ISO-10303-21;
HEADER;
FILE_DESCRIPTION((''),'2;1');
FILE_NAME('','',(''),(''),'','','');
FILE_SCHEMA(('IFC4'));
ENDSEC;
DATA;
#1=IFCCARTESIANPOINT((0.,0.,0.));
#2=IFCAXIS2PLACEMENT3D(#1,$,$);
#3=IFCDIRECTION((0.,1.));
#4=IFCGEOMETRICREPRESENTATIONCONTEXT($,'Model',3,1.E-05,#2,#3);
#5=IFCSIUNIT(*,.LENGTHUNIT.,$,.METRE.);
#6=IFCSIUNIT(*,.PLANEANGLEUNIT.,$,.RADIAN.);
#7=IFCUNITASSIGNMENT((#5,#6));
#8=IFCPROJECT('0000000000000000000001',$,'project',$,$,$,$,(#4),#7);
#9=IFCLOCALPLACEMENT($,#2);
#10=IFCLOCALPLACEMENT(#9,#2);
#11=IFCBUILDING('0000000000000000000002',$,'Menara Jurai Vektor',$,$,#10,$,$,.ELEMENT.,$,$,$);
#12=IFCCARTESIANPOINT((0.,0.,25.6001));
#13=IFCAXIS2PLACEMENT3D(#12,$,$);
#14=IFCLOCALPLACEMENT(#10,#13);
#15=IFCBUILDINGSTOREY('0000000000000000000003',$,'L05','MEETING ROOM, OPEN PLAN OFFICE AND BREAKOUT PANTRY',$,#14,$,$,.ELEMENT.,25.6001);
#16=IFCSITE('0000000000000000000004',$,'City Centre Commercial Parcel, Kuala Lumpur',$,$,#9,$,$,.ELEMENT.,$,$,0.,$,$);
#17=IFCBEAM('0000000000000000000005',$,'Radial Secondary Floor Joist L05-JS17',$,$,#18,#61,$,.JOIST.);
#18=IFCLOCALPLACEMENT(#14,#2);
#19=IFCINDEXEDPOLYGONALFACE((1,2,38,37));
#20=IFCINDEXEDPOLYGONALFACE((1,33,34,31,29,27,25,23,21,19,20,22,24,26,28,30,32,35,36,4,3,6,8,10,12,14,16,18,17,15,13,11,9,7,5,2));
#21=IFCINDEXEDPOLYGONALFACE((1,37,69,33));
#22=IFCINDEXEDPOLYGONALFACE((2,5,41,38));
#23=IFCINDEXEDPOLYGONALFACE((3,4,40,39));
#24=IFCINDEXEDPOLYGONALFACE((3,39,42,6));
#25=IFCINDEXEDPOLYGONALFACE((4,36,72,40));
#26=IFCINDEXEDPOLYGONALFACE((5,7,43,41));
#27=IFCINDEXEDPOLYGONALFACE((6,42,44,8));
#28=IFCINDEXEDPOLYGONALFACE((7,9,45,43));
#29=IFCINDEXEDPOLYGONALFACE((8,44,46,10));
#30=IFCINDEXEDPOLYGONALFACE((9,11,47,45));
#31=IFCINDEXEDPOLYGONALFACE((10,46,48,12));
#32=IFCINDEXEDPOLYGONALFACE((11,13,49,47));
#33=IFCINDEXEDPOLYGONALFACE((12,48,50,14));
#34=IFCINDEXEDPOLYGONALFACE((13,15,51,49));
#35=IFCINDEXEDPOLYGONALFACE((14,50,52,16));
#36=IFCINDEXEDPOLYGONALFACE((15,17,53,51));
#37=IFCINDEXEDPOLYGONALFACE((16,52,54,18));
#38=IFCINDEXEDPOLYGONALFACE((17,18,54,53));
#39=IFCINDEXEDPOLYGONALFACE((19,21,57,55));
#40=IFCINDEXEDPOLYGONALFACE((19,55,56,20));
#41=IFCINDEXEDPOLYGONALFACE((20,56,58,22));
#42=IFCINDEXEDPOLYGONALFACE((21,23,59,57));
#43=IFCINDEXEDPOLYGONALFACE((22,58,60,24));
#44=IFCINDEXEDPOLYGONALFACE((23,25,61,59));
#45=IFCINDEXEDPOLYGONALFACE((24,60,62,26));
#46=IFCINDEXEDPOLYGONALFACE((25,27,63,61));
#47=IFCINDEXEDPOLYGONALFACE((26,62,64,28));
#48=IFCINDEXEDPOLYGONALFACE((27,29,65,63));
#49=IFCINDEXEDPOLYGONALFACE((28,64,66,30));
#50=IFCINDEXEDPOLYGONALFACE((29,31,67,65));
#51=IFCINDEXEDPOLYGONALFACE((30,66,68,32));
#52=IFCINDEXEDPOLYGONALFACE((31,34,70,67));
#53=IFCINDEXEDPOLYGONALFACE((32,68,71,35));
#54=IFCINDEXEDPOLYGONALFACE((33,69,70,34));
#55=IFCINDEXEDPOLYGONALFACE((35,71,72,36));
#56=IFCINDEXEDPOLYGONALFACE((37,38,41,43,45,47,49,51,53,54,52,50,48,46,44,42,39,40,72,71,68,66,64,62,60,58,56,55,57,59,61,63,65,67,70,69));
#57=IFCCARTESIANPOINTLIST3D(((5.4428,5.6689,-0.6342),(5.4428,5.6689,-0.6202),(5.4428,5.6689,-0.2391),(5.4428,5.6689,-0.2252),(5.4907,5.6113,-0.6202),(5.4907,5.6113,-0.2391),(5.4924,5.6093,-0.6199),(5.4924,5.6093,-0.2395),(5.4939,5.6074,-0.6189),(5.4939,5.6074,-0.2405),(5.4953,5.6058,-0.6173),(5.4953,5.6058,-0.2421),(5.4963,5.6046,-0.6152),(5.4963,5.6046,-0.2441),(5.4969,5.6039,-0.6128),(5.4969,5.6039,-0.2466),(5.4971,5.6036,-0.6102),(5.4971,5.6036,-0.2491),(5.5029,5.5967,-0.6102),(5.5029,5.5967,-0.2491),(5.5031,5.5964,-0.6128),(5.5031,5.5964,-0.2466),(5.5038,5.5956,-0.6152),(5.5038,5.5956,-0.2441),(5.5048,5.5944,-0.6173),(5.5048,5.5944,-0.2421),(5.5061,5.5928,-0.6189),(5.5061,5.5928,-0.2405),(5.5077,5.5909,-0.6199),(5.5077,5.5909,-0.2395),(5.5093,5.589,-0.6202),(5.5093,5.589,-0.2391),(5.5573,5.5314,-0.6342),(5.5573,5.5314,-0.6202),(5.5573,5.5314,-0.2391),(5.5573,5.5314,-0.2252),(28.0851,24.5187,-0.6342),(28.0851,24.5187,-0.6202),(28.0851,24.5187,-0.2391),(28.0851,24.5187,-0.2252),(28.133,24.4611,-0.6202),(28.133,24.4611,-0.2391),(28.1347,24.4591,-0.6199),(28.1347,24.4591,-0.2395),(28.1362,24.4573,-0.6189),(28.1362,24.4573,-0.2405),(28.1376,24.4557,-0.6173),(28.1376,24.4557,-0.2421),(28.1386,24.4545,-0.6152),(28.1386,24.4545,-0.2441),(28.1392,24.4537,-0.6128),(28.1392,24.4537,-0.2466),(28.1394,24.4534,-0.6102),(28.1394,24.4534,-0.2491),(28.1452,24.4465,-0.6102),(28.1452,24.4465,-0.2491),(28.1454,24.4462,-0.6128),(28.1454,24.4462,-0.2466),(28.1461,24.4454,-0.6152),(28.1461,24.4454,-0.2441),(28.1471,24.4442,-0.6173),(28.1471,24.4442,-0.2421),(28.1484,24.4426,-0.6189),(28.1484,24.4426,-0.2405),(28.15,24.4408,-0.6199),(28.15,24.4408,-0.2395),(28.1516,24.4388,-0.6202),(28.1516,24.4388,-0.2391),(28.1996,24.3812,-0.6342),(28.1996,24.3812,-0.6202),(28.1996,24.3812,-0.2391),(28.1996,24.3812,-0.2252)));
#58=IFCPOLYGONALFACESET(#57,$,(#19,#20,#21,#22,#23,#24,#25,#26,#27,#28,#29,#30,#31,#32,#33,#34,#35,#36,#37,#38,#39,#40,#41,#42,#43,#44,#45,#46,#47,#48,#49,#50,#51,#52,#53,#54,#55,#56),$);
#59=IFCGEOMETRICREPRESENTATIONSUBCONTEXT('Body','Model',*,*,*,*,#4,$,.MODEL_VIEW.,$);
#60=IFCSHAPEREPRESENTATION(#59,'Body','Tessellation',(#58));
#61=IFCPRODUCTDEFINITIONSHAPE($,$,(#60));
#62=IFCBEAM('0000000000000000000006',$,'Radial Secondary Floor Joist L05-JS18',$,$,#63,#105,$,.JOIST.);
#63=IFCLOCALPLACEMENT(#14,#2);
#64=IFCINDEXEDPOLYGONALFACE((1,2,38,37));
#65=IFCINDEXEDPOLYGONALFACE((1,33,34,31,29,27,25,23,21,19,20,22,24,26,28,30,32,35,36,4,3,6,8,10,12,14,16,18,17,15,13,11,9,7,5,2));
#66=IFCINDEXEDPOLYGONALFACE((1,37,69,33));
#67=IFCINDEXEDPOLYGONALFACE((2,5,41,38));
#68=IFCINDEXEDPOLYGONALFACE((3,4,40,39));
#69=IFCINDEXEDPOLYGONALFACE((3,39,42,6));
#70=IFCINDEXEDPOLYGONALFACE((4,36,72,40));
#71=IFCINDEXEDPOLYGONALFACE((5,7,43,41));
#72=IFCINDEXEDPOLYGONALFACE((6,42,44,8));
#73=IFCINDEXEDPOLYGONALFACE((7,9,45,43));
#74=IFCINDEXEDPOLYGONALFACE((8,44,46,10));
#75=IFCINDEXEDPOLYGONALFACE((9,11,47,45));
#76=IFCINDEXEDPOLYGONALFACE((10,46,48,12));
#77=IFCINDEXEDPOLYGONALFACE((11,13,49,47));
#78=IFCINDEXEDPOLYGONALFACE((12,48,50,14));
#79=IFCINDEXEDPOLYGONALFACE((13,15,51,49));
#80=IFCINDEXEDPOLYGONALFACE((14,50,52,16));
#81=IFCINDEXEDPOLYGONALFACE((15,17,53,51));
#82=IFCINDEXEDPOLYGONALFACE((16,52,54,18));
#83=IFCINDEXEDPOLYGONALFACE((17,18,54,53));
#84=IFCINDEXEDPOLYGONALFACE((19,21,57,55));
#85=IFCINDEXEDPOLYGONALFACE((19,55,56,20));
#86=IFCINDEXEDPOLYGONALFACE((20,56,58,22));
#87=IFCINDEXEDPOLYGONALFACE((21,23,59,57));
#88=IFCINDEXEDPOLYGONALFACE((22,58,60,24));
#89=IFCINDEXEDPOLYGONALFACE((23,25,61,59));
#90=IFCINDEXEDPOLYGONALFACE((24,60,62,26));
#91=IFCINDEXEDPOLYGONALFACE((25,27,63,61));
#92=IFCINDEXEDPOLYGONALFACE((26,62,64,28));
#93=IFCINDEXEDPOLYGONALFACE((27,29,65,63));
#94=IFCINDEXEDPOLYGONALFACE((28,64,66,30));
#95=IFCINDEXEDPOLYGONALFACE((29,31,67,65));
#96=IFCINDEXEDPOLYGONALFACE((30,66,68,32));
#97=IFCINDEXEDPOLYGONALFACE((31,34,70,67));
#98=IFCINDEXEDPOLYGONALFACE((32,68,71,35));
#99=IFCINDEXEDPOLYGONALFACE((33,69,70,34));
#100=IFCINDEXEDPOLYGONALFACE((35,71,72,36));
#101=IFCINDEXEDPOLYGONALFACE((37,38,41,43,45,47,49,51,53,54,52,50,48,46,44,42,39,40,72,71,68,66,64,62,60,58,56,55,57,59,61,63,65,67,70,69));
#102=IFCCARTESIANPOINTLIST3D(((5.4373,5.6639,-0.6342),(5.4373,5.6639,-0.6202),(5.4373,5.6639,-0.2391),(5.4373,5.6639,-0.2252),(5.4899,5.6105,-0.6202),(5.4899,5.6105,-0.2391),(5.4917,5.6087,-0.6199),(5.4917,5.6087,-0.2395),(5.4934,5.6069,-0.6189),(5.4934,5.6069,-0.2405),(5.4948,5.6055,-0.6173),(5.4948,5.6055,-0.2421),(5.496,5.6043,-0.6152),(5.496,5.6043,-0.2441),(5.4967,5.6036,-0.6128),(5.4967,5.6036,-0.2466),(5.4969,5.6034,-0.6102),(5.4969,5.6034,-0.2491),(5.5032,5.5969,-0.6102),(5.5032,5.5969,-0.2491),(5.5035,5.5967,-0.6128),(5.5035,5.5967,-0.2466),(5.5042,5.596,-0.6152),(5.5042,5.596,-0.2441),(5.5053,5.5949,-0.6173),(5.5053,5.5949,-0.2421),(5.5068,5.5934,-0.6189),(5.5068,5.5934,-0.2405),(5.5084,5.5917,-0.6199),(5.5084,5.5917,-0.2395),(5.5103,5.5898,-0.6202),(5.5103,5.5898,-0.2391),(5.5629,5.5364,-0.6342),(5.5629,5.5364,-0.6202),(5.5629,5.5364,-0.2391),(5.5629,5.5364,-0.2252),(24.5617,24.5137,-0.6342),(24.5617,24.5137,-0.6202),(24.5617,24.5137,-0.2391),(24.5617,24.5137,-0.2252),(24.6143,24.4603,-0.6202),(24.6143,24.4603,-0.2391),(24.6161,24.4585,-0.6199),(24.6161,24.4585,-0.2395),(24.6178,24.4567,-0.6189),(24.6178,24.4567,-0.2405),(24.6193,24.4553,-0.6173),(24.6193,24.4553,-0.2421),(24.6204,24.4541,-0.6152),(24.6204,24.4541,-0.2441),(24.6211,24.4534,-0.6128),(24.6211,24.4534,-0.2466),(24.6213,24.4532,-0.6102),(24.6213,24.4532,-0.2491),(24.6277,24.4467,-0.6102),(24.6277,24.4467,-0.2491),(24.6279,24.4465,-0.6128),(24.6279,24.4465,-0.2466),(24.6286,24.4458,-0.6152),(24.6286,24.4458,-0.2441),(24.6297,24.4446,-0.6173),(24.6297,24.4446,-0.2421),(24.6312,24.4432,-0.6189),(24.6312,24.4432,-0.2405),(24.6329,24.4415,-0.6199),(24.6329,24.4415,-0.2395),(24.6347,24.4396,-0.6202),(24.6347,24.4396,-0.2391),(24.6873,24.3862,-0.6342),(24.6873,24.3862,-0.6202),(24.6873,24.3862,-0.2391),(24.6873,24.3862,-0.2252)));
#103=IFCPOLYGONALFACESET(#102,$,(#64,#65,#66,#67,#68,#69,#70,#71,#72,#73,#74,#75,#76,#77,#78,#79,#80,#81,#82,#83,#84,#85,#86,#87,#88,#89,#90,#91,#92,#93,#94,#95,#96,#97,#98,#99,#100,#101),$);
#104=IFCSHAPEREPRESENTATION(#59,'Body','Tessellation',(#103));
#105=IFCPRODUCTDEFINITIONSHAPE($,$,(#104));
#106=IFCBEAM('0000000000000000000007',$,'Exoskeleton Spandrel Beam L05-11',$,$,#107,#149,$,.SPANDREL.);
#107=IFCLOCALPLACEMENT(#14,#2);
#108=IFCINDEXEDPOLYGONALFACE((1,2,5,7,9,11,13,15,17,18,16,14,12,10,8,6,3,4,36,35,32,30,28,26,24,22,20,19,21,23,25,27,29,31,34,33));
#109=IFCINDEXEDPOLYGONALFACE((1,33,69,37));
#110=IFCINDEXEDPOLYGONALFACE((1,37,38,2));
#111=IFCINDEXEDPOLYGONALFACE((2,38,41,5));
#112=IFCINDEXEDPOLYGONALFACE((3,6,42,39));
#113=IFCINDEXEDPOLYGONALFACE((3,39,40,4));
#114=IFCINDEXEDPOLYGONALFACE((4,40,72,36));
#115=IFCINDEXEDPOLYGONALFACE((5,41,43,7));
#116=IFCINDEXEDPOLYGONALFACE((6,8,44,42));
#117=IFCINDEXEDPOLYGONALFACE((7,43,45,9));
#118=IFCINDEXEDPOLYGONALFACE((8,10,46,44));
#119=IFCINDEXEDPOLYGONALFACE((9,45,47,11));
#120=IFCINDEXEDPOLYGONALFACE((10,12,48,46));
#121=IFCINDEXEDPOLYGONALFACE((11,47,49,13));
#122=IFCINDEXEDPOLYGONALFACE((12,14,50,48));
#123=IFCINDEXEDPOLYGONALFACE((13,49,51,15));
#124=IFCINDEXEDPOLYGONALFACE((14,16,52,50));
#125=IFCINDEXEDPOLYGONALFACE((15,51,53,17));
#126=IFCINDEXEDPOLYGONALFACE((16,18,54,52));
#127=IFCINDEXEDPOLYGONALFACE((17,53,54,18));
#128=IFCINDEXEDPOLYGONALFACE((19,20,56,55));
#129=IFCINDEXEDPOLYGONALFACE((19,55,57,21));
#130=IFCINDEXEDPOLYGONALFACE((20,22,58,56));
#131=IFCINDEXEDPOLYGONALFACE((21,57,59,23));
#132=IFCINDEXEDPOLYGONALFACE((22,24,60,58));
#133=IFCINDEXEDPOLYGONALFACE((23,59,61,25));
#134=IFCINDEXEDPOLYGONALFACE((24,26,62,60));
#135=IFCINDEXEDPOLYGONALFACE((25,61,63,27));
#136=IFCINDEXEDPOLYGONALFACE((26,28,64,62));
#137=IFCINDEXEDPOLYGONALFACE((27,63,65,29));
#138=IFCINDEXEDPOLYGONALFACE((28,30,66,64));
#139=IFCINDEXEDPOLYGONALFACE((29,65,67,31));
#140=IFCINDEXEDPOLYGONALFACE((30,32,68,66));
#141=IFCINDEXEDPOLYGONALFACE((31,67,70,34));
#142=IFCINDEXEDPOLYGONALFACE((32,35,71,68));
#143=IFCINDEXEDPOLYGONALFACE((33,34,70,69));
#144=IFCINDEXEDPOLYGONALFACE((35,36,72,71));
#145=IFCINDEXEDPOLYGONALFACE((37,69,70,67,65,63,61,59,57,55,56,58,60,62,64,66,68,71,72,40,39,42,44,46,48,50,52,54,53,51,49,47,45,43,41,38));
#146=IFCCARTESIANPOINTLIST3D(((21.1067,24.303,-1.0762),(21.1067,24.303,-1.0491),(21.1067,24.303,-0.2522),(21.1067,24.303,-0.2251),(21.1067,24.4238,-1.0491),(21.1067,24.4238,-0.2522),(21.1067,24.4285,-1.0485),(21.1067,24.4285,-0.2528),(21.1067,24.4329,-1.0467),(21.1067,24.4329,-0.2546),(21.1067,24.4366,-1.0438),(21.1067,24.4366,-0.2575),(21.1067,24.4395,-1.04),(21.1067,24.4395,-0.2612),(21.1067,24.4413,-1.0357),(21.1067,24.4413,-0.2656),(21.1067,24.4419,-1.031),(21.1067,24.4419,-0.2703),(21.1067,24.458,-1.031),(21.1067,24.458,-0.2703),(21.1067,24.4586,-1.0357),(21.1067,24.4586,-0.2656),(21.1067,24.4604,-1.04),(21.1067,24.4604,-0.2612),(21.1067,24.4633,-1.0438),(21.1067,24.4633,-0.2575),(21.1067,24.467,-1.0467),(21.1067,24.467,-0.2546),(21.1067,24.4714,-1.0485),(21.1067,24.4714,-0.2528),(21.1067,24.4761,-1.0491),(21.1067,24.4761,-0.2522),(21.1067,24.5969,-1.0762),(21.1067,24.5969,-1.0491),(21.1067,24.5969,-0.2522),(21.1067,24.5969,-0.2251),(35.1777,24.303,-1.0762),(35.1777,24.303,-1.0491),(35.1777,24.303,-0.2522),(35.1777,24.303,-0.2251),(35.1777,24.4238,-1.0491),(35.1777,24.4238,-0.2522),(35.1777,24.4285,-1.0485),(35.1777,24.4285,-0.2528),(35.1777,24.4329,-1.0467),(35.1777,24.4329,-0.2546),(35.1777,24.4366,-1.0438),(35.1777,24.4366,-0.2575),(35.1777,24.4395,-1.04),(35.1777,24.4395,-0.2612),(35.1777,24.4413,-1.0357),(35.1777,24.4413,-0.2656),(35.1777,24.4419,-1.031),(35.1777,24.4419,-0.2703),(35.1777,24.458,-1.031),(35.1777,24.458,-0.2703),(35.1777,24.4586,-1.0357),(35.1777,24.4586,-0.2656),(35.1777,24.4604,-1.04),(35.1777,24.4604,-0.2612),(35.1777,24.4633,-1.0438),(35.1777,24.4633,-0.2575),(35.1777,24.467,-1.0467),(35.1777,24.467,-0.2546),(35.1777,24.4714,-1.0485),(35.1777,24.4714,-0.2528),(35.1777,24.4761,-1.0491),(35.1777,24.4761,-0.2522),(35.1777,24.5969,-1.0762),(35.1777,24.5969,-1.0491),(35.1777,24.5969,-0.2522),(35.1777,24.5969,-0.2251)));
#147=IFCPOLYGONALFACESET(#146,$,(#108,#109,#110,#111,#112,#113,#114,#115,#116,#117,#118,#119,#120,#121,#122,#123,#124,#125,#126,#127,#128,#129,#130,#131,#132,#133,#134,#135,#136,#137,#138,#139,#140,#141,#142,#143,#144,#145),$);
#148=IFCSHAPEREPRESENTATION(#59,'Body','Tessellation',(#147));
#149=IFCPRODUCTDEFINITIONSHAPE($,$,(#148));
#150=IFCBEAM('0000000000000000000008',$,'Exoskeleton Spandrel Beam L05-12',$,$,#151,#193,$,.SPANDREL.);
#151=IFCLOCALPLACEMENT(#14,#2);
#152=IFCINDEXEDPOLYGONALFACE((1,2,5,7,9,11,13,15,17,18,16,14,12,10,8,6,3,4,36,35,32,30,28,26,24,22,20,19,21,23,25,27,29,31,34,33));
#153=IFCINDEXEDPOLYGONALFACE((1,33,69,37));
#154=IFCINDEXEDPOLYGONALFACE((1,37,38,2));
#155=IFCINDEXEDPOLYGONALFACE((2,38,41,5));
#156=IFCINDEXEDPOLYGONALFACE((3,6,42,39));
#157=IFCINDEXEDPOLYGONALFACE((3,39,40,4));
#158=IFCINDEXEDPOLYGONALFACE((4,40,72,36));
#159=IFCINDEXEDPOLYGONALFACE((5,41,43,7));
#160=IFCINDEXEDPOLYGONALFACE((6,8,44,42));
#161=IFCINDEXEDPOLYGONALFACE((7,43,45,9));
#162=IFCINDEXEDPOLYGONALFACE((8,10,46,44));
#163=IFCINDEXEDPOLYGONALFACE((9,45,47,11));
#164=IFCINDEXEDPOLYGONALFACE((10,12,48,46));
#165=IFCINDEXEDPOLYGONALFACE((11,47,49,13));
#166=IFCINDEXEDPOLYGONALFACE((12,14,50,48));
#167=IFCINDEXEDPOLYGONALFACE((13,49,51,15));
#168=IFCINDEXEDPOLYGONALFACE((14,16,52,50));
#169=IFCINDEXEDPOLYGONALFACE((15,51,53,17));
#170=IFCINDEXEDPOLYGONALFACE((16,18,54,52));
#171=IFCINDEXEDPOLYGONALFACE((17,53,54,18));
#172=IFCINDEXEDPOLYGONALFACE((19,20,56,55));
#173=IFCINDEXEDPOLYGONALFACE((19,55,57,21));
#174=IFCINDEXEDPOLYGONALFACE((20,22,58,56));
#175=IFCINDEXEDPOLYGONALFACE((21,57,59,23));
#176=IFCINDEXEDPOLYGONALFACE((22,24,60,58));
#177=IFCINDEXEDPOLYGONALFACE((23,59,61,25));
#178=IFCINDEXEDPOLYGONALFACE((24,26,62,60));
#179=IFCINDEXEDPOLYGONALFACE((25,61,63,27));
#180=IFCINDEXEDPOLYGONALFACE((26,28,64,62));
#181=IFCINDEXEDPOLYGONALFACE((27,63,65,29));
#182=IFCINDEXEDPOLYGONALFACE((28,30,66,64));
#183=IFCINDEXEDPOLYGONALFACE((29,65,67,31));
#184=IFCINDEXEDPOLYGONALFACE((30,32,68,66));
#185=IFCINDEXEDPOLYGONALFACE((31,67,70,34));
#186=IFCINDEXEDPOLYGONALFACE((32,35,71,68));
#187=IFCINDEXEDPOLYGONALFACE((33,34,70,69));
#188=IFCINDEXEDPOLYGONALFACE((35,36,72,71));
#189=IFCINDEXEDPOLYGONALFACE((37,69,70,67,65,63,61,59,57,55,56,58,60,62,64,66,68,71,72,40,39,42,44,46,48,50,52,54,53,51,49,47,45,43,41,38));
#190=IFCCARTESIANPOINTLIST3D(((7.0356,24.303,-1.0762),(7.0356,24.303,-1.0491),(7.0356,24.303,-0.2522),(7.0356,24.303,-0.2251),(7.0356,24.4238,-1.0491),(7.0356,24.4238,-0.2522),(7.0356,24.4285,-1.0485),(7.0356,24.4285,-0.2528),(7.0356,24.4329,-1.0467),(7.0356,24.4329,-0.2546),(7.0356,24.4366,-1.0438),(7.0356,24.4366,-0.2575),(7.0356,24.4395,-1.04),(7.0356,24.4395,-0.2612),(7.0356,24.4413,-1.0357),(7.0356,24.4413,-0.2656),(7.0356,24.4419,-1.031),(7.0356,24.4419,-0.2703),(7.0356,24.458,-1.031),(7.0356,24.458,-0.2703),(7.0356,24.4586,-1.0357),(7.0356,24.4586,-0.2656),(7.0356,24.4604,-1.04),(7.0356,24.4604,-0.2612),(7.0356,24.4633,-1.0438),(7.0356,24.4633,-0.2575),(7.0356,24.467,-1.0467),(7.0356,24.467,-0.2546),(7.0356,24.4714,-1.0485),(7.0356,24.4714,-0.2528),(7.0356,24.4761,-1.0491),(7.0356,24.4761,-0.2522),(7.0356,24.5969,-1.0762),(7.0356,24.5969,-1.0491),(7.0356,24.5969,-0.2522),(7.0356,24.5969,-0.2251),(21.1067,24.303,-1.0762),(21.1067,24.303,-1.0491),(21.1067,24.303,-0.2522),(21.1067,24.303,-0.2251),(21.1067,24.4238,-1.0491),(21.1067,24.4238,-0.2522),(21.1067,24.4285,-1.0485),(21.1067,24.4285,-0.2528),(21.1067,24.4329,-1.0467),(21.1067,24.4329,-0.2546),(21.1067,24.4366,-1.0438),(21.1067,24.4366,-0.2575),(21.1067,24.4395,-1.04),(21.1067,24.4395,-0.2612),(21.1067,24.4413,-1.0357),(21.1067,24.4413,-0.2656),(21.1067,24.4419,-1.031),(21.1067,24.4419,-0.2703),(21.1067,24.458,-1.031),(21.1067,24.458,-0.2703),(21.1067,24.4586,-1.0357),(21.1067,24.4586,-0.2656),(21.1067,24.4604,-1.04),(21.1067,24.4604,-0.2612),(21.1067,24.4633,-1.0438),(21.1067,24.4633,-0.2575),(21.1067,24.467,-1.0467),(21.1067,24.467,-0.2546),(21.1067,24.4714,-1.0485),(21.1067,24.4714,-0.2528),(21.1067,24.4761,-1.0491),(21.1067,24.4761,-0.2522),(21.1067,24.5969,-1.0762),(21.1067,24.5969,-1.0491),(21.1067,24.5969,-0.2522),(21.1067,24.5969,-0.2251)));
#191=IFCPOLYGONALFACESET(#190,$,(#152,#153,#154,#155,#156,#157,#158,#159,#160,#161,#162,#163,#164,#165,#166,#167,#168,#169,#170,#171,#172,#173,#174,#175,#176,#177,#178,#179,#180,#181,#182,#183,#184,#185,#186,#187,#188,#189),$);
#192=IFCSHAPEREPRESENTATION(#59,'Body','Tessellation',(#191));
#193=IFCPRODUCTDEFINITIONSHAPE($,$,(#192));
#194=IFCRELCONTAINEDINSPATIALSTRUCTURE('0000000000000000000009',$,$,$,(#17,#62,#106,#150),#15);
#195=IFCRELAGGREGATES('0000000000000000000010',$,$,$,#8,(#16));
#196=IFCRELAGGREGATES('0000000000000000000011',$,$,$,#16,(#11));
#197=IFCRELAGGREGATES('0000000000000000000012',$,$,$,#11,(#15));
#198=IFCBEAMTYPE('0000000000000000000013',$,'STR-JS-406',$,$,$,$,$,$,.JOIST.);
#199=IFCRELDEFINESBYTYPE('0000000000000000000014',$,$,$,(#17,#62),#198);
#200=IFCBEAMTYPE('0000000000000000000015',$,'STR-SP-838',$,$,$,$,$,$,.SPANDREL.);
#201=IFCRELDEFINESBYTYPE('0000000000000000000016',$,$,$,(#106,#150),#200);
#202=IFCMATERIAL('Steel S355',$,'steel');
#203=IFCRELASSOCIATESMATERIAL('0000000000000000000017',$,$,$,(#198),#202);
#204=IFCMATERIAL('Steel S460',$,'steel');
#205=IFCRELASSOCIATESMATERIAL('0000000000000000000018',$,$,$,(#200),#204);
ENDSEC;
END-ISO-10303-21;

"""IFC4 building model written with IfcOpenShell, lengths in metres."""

from ifc_helpers import new_model, si_unit, direction, frame, origin, origin_2d, place, context, subcontext, project, spatial, i_section, extrude, material, material_profile, profile_set, type_object, element, save


model = new_model("IFC4")

# Units and contexts
model_context = context("Model", 3, precision=1e-05, world=origin(), true_north=direction((0.0, 1.0)))
body_context = subcontext(model_context, "Body", "Model", "MODEL_VIEW")
ifc_project = project(units=[si_unit("LENGTHUNIT", "METRE"), si_unit("PLANEANGLEUNIT", "RADIAN")], contexts=[model_context])

# Site, building, storey
site_placement = place(None, origin())
site = spatial("IfcSite", under=ifc_project, at=site_placement, Name="City Centre Commercial Parcel, Kuala Lumpur", CompositionType="ELEMENT", RefElevation=0.0)
building_placement = place(site_placement, origin())
building = spatial("IfcBuilding", under=site, at=building_placement, Name="Menara Jurai Vektor", CompositionType="ELEMENT")
storey_placement = place(building_placement, frame((0.0, 0.0, 25.6001)))
storey = spatial("IfcBuildingStorey", under=building, at=storey_placement, Name="L05", Description="MEETING ROOM, OPEN PLAN OFFICE AND BREAKOUT PANTRY", CompositionType="ELEMENT", Elevation=25.6001)

# Shared definitions
ifc_material_1 = material(Name="Steel S460", Category="steel")

# Shared definitions
ifc_material_2 = material(Name="Steel S355", Category="steel")

# Beams
ifc_material_profile_1 = material_profile(ifc_material_2, i_section(OverallWidth=0.179, OverallDepth=0.4089, WebThickness=0.009, FlangeThickness=0.0139, FilletRadius=0.01, at=origin_2d()), Name="UKB 406x178x67")
ifc_profile_set_1 = profile_set([ifc_material_profile_1], Name="Steel S355")
beam_type_1 = type_object("IfcBeamType", Name="STR-JS-406", PredefinedType="JOIST", material=ifc_profile_set_1)
beam_1_placement = place(storey_placement, frame((28.1423, 24.45, -0.4297), z_axis=(-0.768534, -0.639809, 0.0), x_axis=(0.639809, -0.768534, 0.0)))
element("IfcBeam", 1, at=beam_1_placement, inside=storey, type_object=beam_type_1, Name="Radial Secondary Floor Joist L05-JS17", PredefinedType="JOIST", context=body_context, shape_type="SweptSolid", body=[
    extrude(i_section(OverallWidth=0.179, OverallDepth=0.4089, WebThickness=0.009, FlangeThickness=0.0139, FilletRadius=0.01, at=origin_2d()), origin(), (0.0, 0.0, 1.0), 29.4617),
])
beam_2_placement = place(storey_placement, frame((24.6245, 24.45, -0.4297), z_axis=(-0.712202, -0.701974, 0.0), x_axis=(0.701974, -0.712202, 0.0)))
element("IfcBeam", 2, at=beam_2_placement, inside=storey, type_object=beam_type_1, Name="Radial Secondary Floor Joist L05-JS18", PredefinedType="JOIST", context=body_context, shape_type="SweptSolid", body=[
    extrude(i_section(OverallWidth=0.179, OverallDepth=0.4089, WebThickness=0.009, FlangeThickness=0.0139, FilletRadius=0.01, at=origin_2d()), origin(), (0.0, 0.0, 1.0), 26.8525),
])
ifc_material_profile_2 = material_profile(ifc_material_1, i_section(OverallWidth=0.2939, OverallDepth=0.8511, WebThickness=0.0161, FlangeThickness=0.0271, FilletRadius=0.0181, at=origin_2d()), Name="UKB 838x292x226")
ifc_profile_set_2 = profile_set([ifc_material_profile_2], Name="Steel S460")
beam_type_2 = type_object("IfcBeamType", Name="STR-SP-838", PredefinedType="SPANDREL", material=ifc_profile_set_2)
for number, where, z_axis, x_axis, name in (
    (3, (35.1777, 24.45, -0.6506), (-1.0, 0.0, 0.0), (0.0, -1.0, 0.0), "Exoskeleton Spandrel Beam L05-11"),
    (4, (21.1067, 24.45, -0.6506), (-1.0, 0.0, 0.0), (0.0, -1.0, 0.0), "Exoskeleton Spandrel Beam L05-12"),
):
    element("IfcBeam", number, at=place(storey_placement, frame(where, z_axis=z_axis, x_axis=x_axis)), inside=storey, type_object=beam_type_2, Name=name, PredefinedType="SPANDREL", context=body_context, shape_type="SweptSolid", body=[
        extrude(i_section(OverallWidth=0.2939, OverallDepth=0.8511, WebThickness=0.0161, FlangeThickness=0.0271, FilletRadius=0.0181, at=origin_2d()), origin(), (0.0, 0.0, 1.0), 14.071),
    ])

save(model, "model.ifc")
